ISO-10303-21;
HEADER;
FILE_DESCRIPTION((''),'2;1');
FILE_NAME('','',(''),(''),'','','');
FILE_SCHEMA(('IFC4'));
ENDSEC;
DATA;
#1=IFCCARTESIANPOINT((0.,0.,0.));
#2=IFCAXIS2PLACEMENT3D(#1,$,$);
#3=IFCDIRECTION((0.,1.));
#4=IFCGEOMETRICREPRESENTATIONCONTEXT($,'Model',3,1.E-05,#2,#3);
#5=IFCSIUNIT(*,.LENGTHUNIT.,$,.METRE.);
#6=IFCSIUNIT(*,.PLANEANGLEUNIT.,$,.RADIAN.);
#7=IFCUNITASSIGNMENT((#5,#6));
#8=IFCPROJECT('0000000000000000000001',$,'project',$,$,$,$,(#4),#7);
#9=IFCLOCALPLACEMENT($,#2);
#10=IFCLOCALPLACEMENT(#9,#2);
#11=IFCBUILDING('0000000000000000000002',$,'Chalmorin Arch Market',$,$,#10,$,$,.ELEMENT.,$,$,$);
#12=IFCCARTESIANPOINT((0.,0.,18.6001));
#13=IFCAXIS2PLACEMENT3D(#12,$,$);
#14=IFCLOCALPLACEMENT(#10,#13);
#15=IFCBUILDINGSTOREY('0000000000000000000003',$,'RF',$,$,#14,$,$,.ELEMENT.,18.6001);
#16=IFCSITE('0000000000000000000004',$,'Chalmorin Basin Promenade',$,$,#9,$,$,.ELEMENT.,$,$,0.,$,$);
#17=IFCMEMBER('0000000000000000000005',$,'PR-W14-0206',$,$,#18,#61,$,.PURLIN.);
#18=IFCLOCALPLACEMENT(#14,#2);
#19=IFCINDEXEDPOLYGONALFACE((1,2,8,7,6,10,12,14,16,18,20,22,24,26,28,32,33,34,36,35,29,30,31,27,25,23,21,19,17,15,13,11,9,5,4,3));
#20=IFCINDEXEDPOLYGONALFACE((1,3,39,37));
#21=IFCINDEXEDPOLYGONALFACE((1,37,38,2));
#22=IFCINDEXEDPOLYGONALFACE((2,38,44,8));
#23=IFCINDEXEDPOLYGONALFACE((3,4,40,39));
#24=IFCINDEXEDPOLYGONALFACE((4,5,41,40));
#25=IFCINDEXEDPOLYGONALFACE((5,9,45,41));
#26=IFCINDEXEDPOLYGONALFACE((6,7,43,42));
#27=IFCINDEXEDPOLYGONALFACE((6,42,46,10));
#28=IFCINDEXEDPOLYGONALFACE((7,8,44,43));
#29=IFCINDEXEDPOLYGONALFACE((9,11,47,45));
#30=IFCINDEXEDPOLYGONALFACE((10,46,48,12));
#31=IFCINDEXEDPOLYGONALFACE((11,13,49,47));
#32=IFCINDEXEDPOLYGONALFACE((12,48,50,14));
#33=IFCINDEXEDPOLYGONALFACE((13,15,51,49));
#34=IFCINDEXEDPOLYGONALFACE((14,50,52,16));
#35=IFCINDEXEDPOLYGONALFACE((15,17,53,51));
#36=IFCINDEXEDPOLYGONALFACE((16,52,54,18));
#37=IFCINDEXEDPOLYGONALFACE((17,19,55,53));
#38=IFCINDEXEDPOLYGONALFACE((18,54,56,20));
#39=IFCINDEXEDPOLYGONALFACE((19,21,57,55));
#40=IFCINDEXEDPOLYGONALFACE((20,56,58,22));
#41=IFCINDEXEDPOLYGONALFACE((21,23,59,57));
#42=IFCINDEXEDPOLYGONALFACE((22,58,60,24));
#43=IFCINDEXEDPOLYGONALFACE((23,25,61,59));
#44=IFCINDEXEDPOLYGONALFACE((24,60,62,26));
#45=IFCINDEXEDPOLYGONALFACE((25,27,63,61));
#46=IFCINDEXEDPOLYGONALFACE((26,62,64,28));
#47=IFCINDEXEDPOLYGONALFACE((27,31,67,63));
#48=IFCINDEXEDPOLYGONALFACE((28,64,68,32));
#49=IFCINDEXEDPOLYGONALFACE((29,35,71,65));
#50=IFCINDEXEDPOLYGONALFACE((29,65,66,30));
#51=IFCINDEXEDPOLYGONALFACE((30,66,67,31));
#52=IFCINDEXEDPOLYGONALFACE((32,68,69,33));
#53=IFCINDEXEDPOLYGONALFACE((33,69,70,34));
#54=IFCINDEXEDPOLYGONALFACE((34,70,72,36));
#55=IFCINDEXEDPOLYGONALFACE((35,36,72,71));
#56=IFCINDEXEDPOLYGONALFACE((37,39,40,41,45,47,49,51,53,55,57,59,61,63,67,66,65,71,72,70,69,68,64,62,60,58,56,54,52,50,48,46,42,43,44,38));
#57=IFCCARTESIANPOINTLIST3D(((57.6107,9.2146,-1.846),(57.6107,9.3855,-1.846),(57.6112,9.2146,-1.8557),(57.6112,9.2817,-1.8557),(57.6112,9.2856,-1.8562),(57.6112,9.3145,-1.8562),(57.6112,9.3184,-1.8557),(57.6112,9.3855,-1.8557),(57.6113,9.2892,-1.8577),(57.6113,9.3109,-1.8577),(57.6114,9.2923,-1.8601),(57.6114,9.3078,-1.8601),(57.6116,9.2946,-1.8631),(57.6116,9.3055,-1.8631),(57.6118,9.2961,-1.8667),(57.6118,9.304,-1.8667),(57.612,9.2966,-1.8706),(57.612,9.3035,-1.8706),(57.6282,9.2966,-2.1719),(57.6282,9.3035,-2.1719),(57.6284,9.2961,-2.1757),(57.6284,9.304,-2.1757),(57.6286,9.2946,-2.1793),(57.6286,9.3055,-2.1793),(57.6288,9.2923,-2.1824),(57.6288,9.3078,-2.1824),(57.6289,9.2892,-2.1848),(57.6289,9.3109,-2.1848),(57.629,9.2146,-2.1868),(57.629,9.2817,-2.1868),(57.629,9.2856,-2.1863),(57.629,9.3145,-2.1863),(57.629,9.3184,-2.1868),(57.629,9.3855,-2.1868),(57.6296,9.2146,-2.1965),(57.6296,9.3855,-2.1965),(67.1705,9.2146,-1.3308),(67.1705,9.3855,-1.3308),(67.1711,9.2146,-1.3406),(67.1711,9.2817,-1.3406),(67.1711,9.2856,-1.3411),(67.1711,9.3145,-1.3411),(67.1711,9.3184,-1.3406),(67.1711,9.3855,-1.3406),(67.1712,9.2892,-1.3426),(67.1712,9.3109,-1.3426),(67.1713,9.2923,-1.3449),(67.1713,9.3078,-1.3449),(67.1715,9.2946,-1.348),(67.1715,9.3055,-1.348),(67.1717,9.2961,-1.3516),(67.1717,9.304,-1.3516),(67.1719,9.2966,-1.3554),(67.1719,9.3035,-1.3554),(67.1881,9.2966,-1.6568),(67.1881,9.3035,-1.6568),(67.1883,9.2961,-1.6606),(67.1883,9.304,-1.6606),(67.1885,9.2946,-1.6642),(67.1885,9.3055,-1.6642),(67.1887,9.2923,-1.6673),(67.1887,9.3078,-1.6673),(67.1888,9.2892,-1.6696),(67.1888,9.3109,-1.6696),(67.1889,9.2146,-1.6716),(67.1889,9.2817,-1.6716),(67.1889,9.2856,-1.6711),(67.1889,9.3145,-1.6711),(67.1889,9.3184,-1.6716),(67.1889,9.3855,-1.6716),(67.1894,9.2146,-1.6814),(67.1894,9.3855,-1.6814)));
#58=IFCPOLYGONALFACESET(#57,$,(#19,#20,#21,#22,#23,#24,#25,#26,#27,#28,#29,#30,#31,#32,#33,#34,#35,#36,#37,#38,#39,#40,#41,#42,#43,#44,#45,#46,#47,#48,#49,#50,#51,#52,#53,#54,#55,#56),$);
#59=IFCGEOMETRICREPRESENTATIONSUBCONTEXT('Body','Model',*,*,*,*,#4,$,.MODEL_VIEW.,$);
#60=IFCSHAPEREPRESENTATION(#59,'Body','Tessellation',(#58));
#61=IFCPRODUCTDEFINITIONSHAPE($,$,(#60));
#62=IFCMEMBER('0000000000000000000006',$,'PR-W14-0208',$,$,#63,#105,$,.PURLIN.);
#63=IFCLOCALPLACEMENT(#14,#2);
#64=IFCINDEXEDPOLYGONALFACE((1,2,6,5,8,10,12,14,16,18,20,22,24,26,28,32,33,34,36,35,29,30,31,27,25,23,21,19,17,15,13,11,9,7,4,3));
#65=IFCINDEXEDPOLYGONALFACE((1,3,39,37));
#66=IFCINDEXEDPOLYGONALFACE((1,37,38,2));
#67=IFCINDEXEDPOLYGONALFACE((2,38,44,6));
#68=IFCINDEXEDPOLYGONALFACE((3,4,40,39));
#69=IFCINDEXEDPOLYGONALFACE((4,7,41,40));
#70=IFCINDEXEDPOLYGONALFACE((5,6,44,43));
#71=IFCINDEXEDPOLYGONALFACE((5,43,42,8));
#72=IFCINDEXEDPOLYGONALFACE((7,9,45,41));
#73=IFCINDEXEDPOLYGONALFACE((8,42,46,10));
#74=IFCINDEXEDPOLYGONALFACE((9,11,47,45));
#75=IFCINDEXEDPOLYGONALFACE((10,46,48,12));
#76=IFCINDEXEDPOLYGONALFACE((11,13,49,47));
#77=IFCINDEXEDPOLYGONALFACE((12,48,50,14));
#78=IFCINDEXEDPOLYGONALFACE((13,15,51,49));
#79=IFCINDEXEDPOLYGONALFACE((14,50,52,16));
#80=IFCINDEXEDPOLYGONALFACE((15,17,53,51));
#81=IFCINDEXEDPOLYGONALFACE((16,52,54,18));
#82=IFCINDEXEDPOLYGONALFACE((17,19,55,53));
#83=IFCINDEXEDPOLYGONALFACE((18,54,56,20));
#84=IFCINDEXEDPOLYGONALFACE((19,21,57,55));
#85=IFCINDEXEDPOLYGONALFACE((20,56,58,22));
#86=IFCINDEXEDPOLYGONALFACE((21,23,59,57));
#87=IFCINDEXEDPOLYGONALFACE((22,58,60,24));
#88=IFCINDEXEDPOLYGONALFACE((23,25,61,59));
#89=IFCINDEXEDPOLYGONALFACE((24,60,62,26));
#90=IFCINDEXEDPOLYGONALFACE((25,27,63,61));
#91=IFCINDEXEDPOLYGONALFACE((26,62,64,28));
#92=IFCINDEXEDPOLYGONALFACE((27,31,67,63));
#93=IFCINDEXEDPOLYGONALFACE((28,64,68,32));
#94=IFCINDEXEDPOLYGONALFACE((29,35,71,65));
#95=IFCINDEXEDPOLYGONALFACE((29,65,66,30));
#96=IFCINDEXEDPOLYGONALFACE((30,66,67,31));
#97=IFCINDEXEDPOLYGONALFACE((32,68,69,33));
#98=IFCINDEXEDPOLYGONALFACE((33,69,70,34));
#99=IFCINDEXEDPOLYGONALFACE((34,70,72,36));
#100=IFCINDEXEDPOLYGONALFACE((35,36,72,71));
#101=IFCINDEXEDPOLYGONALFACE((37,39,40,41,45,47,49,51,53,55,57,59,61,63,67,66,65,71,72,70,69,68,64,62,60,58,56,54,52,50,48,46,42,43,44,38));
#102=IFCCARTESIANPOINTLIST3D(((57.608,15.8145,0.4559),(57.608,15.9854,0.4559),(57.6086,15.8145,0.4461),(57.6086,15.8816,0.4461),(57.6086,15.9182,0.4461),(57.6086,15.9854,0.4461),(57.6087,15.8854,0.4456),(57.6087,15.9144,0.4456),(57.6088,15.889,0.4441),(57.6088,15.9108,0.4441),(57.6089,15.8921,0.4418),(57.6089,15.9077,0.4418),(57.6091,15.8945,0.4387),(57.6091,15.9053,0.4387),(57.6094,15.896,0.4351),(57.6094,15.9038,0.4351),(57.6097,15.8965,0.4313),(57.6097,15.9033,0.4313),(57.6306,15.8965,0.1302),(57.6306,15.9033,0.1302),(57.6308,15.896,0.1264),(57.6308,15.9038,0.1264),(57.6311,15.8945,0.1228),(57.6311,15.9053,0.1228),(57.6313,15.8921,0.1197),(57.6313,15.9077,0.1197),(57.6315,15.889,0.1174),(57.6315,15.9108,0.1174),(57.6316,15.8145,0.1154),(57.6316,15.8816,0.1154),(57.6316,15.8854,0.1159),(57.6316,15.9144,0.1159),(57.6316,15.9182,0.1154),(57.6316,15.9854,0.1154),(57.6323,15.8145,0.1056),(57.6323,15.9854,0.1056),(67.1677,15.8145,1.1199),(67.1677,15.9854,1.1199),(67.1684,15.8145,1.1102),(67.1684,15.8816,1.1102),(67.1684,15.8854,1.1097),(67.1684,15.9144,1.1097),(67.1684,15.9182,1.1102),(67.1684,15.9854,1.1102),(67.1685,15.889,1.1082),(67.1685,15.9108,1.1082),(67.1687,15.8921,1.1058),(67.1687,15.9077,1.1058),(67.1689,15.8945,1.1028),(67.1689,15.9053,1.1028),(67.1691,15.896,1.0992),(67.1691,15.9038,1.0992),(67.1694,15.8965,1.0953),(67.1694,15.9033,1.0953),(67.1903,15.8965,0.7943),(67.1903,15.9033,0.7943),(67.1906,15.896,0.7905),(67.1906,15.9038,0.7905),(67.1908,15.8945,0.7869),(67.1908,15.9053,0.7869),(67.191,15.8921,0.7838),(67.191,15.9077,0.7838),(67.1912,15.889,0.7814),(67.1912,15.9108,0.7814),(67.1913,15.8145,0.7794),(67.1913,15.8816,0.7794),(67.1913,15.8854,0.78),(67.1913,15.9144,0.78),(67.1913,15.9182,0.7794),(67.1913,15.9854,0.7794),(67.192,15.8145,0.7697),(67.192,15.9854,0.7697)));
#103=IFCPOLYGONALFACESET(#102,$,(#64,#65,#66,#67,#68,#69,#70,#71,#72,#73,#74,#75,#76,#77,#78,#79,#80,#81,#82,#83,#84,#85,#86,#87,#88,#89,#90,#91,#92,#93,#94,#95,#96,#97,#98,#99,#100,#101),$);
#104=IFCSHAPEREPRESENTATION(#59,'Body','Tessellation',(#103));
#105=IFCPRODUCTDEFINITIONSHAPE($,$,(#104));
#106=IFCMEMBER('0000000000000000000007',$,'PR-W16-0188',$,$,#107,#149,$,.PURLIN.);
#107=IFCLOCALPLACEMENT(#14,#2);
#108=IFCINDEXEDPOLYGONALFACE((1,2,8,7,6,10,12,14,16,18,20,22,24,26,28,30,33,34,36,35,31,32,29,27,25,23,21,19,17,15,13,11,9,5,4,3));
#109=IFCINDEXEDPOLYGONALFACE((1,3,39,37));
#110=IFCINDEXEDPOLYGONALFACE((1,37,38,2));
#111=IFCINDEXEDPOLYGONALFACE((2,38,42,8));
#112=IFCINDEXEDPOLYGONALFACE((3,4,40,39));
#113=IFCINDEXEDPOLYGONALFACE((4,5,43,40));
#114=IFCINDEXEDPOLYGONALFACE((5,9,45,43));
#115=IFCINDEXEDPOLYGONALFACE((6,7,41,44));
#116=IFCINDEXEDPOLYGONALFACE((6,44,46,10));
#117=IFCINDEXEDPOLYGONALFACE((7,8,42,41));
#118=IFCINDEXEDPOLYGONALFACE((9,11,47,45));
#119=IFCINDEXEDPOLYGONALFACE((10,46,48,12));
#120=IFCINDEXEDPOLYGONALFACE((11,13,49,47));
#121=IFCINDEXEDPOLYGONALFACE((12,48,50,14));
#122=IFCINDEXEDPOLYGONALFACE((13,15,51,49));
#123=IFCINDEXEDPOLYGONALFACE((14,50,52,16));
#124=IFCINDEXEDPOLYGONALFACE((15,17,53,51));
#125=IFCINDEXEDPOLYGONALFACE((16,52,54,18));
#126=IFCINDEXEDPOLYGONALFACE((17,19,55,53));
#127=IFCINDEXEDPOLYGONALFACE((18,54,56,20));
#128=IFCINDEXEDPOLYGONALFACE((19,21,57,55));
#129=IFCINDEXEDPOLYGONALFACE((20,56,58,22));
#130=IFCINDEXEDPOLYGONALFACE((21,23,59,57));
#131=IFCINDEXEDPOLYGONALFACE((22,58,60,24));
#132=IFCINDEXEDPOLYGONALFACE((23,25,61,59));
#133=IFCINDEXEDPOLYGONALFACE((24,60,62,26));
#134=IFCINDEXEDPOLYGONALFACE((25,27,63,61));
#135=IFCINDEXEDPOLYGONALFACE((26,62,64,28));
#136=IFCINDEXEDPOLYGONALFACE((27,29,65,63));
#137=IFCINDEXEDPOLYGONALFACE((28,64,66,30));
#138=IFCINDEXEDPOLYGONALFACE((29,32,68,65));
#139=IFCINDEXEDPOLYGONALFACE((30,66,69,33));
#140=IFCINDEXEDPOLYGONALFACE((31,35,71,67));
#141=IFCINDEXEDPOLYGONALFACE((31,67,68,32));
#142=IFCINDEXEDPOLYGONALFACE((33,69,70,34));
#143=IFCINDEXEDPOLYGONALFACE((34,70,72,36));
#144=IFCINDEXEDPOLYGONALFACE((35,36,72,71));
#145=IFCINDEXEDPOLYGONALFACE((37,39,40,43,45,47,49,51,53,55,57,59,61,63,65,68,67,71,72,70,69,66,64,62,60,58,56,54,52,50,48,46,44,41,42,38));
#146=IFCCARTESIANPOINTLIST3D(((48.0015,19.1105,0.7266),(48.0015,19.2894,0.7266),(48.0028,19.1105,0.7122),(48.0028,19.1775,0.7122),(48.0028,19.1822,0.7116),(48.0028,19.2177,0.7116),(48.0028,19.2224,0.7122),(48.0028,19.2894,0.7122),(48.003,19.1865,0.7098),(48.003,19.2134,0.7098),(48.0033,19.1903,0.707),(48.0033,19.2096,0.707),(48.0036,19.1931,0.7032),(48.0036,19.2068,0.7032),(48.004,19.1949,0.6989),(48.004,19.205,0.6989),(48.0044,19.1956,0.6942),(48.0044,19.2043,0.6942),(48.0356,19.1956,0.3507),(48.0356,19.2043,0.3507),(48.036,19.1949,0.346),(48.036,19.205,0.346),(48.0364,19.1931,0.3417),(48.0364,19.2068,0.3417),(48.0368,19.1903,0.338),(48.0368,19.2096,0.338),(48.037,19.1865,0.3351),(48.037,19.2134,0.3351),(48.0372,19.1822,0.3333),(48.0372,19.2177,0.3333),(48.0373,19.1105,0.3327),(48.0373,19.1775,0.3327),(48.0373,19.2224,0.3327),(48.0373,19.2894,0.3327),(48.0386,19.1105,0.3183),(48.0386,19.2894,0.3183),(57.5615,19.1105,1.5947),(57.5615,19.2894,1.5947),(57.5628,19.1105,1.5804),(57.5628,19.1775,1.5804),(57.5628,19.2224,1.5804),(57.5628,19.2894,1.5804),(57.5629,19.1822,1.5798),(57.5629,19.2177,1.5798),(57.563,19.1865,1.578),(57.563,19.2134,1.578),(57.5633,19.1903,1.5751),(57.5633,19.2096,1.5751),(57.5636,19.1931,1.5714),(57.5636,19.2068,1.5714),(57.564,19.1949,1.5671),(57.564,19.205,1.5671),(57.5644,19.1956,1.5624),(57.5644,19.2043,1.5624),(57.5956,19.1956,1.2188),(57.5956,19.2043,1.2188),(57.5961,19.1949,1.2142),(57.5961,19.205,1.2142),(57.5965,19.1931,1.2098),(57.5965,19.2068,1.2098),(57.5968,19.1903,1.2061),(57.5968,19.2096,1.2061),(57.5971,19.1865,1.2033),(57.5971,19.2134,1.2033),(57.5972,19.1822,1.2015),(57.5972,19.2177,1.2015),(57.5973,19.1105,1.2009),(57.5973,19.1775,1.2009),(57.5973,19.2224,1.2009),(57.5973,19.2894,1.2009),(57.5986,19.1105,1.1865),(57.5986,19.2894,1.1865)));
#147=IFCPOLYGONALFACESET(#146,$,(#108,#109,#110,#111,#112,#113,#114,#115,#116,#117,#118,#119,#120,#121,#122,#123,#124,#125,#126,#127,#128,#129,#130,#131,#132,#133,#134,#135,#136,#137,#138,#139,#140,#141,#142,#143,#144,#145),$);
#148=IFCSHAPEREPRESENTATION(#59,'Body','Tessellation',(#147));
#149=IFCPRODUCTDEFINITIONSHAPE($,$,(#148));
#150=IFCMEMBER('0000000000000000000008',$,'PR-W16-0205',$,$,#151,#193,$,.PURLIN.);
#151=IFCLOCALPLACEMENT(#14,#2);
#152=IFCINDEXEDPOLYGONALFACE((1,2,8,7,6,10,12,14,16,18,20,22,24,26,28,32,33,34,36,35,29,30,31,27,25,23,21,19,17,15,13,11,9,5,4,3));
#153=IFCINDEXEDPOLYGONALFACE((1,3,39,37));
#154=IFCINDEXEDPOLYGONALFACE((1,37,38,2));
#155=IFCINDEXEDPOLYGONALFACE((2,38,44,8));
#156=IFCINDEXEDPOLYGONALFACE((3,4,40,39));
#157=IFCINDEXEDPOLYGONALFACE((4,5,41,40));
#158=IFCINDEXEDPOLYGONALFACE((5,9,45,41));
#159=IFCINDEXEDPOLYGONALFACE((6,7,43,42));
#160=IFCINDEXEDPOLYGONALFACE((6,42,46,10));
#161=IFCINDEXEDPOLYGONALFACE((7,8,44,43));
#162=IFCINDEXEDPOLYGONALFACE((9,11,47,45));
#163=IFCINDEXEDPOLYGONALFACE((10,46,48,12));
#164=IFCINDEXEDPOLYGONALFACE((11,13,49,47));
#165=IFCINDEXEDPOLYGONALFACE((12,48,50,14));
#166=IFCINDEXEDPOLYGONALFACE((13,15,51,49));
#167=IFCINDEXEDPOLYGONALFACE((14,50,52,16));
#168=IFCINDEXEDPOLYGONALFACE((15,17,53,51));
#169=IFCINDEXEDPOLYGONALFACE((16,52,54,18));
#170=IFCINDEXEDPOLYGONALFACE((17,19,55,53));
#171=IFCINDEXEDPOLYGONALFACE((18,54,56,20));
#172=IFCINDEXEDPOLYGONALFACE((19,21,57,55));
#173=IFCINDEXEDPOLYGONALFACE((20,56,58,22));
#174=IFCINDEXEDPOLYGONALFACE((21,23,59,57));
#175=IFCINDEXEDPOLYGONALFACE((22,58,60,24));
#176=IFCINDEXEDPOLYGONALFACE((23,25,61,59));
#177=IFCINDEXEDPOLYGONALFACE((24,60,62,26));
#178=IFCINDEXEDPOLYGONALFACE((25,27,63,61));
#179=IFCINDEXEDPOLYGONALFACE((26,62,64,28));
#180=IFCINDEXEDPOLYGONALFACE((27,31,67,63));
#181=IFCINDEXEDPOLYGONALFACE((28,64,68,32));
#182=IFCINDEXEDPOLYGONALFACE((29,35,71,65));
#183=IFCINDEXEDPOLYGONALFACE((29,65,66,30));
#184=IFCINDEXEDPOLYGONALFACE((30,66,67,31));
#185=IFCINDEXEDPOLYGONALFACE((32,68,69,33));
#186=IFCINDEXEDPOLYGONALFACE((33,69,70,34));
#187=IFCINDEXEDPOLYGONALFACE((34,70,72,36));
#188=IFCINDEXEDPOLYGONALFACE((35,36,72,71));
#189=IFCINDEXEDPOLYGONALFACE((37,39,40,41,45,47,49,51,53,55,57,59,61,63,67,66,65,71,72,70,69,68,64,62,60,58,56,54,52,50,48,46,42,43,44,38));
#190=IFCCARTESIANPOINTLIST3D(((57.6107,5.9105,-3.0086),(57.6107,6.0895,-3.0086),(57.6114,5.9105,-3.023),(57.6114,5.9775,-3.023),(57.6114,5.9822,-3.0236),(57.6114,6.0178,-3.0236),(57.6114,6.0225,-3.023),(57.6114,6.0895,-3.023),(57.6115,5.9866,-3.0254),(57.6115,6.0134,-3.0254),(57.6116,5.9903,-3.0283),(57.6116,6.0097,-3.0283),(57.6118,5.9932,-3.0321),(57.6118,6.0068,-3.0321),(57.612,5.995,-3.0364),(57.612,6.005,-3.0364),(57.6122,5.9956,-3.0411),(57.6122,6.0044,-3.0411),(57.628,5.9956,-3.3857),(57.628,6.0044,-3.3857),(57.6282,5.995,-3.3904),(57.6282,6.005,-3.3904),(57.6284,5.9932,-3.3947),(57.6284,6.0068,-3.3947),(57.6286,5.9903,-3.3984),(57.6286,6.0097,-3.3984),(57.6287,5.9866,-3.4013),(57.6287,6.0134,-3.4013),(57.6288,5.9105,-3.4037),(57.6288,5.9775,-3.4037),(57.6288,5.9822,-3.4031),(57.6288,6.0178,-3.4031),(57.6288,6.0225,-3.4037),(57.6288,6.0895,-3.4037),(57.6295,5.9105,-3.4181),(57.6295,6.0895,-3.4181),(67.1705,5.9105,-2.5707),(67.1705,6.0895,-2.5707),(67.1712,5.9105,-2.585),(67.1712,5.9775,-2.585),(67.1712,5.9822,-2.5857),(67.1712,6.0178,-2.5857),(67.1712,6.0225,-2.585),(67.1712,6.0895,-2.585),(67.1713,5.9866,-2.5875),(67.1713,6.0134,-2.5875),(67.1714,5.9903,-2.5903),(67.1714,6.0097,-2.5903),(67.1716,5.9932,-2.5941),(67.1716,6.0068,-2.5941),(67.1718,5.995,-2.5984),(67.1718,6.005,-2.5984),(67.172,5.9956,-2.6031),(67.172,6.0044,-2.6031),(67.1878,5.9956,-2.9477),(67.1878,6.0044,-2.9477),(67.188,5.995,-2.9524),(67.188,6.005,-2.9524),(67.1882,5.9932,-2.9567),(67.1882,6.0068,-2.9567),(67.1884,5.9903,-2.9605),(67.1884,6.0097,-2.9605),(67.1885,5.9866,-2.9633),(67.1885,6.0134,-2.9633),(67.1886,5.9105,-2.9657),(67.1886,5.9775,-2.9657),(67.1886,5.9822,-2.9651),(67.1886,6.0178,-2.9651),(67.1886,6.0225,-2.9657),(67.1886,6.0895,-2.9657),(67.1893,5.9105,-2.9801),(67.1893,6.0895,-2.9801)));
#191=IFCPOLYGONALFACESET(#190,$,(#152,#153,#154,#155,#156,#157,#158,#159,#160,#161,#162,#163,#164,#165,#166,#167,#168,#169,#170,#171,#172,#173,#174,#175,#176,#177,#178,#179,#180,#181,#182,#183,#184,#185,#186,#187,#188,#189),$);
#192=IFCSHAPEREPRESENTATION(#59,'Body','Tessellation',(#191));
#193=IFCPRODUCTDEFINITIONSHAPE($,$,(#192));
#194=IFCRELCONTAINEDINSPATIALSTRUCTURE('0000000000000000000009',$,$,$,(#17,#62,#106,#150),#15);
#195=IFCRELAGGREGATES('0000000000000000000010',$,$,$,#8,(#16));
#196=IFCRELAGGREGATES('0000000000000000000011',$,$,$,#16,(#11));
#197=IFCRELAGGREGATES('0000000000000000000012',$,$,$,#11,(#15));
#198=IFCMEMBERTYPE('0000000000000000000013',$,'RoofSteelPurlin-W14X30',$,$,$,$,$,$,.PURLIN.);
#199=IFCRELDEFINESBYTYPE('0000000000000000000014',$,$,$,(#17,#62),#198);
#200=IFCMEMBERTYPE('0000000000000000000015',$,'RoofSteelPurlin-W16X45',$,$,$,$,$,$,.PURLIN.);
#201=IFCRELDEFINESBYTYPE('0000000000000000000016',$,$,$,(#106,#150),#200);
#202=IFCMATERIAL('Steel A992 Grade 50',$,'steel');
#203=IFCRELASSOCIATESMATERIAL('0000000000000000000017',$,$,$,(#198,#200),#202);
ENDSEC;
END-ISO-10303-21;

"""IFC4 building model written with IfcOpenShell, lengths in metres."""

from ifc_helpers import new_model, si_unit, direction, frame, origin, origin_2d, place, context, subcontext, project, spatial, i_section, extrude, material, material_profile, profile_set, type_object, element, save


model = new_model("IFC4")

# Units and contexts
model_context = context("Model", 3, precision=1e-05, world=origin(), true_north=direction((0.0, 1.0)))
body_context = subcontext(model_context, "Body", "Model", "MODEL_VIEW")
ifc_project = project(units=[si_unit("LENGTHUNIT", "METRE"), si_unit("PLANEANGLEUNIT", "RADIAN")], contexts=[model_context])

# Site, building, storey
site_placement = place(None, origin())
site = spatial("IfcSite", under=ifc_project, at=site_placement, Name="Chalmorin Basin Promenade", CompositionType="ELEMENT", RefElevation=0.0)
building_placement = place(site_placement, origin())
building = spatial("IfcBuilding", under=site, at=building_placement, Name="Chalmorin Arch Market", CompositionType="ELEMENT")
storey_placement = place(building_placement, frame((0.0, 0.0, 18.6001)))
storey = spatial("IfcBuildingStorey", under=building, at=storey_placement, Name="RF", CompositionType="ELEMENT", Elevation=18.6001)

# Members
ifc_material_1 = material(Name="Steel A992 Grade 50", Category="steel")
ifc_material_profile_1 = material_profile(ifc_material_1, i_section(OverallWidth=0.1709, OverallDepth=0.3511, WebThickness=0.0068, FlangeThickness=0.0098, FilletRadius=0.0149, at=origin_2d()), Name="W14X30")
ifc_profile_set_1 = profile_set([ifc_material_profile_1], Name="Steel A992 Grade 50")
member_type_1 = type_object("IfcMemberType", Name="RoofSteelPurlin-W14X30", PredefinedType="PURLIN", material=ifc_profile_set_1)
member_1_placement = place(storey_placement, frame((57.6201, 9.3, -2.0212), z_axis=(0.998551, 0.0, 0.053808), x_axis=(0.0, 1.0, 0.0)))
element("IfcMember", 1, at=member_1_placement, inside=storey, type_object=member_type_1, Name="PR-W14-0206", PredefinedType="PURLIN", context=body_context, shape_type="SweptSolid", body=[
    extrude(i_section(OverallWidth=0.1709, OverallDepth=0.3511, WebThickness=0.0068, FlangeThickness=0.0098, FilletRadius=0.0149, at=origin_2d()), origin(), (0.0, 0.0, 1.0), 9.5737),
])
member_2_placement = place(storey_placement, frame((57.6201, 15.8999, 0.2808), z_axis=(0.997596, 0.0, 0.069297), x_axis=(0.0, 1.0, 0.0)))
element("IfcMember", 2, at=member_2_placement, inside=storey, type_object=member_type_1, Name="PR-W14-0208", PredefinedType="PURLIN", context=body_context, shape_type="SweptSolid", body=[
    extrude(i_section(OverallWidth=0.1709, OverallDepth=0.3511, WebThickness=0.0068, FlangeThickness=0.0098, FilletRadius=0.0149, at=origin_2d()), origin(), (0.0, 0.0, 1.0), 9.5828),
])
ifc_material_profile_2 = material_profile(ifc_material_1, i_section(OverallWidth=0.179, OverallDepth=0.4099, WebThickness=0.0088, FlangeThickness=0.0144, FilletRadius=0.0181, at=origin_2d()), Name="W16X45")
ifc_profile_set_2 = profile_set([ifc_material_profile_2], Name="Steel A992 Grade 50")
member_type_2 = type_object("IfcMemberType", Name="RoofSteelPurlin-W16X45", PredefinedType="PURLIN", material=ifc_profile_set_2)
member_3_placement = place(storey_placement, frame((48.02, 19.2, 0.5225), z_axis=(0.995902, 0.0, 0.090439), x_axis=(0.0, 1.0, 0.0)))
element("IfcMember", 3, at=member_3_placement, inside=storey, type_object=member_type_2, Name="PR-W16-0188", PredefinedType="PURLIN", context=body_context, shape_type="SweptSolid", body=[
    extrude(i_section(OverallWidth=0.179, OverallDepth=0.4099, WebThickness=0.0088, FlangeThickness=0.0144, FilletRadius=0.0181, at=origin_2d()), origin(), (0.0, 0.0, 1.0), 9.5994),
])
member_4_placement = place(storey_placement, frame((57.6201, 6.0, -3.2134), z_axis=(0.998952, 0.0, 0.045768), x_axis=(0.0, 1.0, 0.0)))
element("IfcMember", 4, at=member_4_placement, inside=storey, type_object=member_type_2, Name="PR-W16-0205", PredefinedType="PURLIN", context=body_context, shape_type="SweptSolid", body=[
    extrude(i_section(OverallWidth=0.179, OverallDepth=0.4099, WebThickness=0.0088, FlangeThickness=0.0144, FilletRadius=0.0181, at=origin_2d()), origin(), (0.0, 0.0, 1.0), 9.5698),
])

save(model, "model.ifc")
